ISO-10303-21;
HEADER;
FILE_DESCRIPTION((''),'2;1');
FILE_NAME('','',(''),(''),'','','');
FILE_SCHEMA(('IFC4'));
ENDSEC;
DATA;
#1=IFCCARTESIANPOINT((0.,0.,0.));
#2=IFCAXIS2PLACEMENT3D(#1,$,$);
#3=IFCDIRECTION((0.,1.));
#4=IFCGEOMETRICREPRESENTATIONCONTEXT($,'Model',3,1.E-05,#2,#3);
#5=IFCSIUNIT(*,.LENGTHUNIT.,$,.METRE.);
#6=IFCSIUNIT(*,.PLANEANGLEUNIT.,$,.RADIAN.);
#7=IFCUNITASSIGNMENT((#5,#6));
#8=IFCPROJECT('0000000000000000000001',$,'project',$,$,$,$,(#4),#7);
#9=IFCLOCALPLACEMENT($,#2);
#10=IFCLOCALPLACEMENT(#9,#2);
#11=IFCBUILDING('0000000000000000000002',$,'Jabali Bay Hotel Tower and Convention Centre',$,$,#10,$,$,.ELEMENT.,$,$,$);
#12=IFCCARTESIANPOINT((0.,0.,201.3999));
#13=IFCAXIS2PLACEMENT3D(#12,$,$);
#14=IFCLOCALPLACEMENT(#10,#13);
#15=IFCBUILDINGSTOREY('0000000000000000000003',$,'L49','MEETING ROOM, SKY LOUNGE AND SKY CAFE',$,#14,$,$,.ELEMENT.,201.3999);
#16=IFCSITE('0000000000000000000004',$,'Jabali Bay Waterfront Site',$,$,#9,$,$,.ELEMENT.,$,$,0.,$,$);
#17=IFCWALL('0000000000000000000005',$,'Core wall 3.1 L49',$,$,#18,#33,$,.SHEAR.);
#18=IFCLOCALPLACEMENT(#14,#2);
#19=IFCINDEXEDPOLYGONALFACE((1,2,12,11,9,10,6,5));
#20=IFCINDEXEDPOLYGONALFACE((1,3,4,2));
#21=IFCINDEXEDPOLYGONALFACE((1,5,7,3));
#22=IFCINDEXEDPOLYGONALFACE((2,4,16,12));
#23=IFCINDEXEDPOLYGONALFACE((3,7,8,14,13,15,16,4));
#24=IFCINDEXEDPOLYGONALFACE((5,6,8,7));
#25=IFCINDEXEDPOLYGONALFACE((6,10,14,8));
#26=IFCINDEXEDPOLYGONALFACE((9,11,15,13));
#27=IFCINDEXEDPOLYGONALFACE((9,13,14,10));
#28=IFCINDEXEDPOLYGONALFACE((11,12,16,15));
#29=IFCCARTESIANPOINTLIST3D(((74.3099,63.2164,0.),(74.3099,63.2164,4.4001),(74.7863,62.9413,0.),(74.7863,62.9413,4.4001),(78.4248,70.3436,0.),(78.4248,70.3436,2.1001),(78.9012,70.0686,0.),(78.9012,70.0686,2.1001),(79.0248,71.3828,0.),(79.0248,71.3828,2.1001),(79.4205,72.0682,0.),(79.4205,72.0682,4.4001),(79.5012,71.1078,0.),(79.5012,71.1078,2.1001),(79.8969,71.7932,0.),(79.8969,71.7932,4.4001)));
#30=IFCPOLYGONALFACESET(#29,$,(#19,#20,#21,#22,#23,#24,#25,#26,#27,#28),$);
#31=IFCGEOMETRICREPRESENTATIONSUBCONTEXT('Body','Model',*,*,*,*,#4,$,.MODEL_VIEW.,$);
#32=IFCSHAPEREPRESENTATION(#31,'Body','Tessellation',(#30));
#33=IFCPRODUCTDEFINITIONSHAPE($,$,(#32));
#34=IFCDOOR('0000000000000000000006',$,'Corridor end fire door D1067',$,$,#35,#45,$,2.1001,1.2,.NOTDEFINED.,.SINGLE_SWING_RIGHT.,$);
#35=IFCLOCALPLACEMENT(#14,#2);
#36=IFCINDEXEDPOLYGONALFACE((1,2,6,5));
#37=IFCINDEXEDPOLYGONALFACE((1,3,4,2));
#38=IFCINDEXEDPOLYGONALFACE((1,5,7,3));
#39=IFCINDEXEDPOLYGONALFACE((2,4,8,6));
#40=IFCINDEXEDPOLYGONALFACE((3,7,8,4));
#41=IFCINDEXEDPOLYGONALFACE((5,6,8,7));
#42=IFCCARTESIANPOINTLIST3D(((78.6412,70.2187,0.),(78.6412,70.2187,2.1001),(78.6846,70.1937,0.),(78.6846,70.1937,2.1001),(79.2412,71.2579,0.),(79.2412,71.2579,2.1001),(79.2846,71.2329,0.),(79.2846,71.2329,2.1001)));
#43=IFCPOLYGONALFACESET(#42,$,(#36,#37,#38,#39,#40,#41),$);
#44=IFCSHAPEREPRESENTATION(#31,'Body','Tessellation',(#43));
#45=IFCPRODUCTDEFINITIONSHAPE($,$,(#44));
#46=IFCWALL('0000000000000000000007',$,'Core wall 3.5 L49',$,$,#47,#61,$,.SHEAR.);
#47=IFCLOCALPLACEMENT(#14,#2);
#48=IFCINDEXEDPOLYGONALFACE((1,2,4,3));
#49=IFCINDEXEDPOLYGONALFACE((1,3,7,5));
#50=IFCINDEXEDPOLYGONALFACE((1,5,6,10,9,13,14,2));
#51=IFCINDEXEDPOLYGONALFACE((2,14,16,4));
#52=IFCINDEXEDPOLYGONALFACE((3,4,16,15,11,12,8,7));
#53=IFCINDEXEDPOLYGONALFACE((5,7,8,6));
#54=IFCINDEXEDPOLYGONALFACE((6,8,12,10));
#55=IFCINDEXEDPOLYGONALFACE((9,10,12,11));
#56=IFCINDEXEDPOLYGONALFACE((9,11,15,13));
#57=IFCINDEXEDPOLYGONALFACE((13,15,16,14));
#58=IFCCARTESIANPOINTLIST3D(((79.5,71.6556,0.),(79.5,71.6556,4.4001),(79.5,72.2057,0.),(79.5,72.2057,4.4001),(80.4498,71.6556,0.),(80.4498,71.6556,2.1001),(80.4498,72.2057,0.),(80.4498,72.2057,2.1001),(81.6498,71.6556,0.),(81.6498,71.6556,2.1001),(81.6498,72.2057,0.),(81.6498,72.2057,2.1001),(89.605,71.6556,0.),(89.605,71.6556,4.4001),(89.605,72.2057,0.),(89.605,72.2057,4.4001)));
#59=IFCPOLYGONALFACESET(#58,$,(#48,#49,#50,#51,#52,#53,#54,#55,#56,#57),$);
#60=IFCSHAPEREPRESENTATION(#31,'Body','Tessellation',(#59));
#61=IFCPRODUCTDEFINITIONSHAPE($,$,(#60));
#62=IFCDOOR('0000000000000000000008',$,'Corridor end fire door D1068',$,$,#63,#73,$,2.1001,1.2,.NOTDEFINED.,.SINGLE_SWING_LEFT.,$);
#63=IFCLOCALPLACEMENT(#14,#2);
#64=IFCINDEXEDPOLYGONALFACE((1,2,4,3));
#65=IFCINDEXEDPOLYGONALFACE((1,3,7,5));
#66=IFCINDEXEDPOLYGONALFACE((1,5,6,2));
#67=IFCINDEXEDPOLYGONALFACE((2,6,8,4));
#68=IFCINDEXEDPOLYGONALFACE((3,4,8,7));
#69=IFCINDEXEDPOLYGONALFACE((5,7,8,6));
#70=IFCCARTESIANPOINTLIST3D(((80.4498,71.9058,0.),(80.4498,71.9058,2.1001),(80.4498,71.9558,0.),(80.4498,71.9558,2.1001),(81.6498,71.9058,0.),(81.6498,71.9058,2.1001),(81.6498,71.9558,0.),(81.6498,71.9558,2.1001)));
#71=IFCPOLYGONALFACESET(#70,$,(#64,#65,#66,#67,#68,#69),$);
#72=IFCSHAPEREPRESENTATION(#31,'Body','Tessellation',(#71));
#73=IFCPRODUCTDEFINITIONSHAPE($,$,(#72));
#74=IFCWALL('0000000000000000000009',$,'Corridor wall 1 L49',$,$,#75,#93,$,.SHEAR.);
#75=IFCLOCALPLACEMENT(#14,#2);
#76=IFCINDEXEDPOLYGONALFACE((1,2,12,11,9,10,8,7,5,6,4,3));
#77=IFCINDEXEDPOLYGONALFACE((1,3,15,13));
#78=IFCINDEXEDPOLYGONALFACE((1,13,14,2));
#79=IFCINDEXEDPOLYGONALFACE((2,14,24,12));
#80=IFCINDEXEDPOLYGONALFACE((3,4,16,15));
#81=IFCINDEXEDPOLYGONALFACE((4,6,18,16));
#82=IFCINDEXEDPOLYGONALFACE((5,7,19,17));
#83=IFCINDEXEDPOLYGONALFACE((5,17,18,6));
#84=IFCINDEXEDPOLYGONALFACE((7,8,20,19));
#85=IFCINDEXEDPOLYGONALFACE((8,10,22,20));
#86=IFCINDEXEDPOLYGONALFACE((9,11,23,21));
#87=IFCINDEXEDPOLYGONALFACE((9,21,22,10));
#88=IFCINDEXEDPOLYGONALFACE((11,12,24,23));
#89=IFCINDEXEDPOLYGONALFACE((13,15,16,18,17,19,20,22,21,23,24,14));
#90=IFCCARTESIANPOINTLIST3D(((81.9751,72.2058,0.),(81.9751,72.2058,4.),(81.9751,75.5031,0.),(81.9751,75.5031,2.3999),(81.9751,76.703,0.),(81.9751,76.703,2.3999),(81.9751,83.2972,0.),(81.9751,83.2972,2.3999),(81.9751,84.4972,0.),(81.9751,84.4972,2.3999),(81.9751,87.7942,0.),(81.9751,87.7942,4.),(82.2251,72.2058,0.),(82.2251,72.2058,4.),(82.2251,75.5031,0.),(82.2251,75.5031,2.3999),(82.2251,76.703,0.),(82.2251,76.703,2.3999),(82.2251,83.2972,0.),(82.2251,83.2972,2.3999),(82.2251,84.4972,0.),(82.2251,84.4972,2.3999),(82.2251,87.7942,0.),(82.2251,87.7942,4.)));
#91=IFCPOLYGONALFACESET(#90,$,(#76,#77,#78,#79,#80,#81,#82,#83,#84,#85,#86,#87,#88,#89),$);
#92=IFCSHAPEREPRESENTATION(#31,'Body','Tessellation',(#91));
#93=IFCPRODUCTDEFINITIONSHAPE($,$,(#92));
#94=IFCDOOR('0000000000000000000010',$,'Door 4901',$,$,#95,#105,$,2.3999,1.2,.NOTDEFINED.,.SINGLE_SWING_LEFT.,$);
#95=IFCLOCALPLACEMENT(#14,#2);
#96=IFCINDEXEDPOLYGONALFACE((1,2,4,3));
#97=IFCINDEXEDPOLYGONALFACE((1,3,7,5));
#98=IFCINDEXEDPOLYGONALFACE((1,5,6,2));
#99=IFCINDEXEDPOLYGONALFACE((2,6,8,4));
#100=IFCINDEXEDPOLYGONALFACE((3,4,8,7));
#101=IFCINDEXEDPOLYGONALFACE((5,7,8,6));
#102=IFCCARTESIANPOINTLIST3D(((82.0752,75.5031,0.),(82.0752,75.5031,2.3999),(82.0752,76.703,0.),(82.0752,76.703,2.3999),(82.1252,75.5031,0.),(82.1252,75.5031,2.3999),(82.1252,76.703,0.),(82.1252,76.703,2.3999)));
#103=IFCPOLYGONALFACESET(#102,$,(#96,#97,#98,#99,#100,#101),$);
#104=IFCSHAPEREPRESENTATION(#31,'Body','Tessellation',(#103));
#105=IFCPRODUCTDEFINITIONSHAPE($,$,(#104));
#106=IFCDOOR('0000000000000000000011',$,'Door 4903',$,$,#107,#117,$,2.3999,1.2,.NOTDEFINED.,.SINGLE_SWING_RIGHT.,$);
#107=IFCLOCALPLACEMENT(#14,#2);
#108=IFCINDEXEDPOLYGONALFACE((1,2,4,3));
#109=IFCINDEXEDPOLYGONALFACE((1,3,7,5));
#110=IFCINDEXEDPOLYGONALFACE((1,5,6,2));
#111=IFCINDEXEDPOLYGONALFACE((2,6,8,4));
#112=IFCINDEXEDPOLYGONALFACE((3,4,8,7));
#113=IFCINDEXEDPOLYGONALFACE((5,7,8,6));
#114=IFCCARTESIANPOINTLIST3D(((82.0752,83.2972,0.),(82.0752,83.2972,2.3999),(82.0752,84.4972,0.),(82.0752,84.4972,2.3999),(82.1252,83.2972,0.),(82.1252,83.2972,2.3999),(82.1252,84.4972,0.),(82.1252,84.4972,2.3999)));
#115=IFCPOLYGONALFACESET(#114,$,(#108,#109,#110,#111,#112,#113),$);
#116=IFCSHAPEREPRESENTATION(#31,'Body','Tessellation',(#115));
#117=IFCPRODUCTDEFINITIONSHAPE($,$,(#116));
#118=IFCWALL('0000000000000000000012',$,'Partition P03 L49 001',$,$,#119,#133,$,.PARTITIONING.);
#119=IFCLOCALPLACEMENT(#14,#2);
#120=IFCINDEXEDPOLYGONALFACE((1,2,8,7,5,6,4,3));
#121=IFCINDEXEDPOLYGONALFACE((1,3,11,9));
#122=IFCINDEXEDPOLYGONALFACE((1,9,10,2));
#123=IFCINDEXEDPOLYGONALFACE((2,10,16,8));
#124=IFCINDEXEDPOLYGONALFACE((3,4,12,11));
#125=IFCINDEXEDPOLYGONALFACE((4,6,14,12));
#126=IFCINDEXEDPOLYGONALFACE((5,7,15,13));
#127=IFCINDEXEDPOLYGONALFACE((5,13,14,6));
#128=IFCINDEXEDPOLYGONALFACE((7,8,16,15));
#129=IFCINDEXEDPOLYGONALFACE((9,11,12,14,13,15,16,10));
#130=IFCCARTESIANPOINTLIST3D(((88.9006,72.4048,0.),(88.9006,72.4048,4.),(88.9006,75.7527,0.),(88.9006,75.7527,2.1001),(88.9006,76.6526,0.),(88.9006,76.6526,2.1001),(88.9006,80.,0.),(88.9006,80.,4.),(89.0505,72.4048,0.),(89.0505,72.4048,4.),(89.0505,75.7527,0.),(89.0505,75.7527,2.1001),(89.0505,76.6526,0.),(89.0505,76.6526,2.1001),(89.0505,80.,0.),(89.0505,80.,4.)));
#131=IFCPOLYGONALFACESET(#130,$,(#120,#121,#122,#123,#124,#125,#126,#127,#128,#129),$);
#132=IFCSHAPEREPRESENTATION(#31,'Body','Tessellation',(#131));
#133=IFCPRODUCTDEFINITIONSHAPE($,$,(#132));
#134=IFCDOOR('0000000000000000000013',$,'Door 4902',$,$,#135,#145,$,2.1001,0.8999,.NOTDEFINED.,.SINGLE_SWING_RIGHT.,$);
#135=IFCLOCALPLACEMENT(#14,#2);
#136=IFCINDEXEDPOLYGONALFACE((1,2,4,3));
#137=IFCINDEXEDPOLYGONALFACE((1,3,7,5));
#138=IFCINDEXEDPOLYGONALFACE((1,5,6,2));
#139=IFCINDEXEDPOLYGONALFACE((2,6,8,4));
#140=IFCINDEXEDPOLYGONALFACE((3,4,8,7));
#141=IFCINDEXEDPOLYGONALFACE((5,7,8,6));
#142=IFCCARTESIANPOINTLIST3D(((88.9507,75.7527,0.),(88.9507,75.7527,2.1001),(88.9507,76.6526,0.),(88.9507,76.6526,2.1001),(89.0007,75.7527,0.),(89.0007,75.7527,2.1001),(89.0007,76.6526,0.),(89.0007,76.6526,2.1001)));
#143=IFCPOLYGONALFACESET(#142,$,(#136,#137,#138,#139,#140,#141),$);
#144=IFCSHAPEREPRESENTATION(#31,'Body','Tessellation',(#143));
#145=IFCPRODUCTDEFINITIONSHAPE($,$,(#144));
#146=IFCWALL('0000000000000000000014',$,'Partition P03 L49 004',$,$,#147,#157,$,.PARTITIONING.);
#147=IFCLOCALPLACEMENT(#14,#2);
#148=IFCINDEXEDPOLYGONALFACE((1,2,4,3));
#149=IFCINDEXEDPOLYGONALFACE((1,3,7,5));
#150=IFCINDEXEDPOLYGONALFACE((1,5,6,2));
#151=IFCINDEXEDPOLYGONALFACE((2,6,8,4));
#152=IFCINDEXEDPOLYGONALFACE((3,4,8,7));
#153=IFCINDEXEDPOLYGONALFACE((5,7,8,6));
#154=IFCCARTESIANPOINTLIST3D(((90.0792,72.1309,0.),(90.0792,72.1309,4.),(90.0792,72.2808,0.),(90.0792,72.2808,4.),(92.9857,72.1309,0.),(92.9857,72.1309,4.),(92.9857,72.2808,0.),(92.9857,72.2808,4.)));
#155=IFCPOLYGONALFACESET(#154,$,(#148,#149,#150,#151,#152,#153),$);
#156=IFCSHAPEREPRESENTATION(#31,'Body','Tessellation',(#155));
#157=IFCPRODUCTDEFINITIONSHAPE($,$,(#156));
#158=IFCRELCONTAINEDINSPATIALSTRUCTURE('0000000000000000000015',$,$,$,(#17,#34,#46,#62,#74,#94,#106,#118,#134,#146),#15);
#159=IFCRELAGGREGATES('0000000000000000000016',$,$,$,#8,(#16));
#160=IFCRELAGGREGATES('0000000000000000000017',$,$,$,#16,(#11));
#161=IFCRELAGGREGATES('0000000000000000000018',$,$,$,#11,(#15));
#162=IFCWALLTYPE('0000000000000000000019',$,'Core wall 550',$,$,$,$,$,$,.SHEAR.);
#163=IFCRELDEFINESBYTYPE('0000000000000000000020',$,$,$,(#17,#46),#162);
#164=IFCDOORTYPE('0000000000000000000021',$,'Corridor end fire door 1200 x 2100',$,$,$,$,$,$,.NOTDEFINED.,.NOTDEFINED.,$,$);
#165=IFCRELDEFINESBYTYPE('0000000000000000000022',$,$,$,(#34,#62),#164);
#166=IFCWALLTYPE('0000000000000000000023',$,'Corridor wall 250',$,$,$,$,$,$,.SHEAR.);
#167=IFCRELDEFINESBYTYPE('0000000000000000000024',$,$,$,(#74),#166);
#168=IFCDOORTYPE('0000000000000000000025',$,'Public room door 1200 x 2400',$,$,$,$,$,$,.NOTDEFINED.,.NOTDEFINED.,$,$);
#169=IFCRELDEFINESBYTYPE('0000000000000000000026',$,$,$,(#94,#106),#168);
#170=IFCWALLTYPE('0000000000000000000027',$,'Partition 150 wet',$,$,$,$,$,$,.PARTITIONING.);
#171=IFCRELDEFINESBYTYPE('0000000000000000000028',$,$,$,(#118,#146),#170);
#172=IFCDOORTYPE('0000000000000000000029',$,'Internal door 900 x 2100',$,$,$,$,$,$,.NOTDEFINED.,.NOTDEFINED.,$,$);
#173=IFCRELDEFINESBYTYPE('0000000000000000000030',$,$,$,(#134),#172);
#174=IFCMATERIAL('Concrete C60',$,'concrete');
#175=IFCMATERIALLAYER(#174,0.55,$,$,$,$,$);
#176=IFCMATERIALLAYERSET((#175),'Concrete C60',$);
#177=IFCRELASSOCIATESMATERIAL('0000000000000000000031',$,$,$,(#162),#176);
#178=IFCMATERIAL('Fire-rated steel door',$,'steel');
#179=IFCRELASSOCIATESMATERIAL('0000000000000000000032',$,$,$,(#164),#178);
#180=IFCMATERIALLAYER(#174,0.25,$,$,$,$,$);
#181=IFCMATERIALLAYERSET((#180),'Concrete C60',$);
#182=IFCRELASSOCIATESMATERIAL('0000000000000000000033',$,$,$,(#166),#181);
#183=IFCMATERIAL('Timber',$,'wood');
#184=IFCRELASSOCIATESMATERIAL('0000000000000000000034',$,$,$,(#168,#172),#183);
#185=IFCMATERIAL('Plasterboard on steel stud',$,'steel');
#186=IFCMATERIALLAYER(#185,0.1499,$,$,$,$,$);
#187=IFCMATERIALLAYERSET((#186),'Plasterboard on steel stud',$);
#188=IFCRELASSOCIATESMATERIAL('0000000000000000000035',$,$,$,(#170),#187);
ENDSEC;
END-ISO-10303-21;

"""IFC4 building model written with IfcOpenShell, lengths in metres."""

from ifc_helpers import new_model, si_unit, direction, frame, frame_2d, origin, place, context, subcontext, project, spatial, rectangle, extrude, material, layer, layer_set, type_object, element, fill, save


model = new_model("IFC4")

# Units and contexts
model_context = context("Model", 3, precision=1e-05, world=origin(), true_north=direction((0.0, 1.0)))
body_context = subcontext(model_context, "Body", "Model", "MODEL_VIEW")
ifc_project = project(units=[si_unit("LENGTHUNIT", "METRE"), si_unit("PLANEANGLEUNIT", "RADIAN")], contexts=[model_context])

# Site, building, storey
site_placement = place(None, origin())
site = spatial("IfcSite", under=ifc_project, at=site_placement, Name="Jabali Bay Waterfront Site", CompositionType="ELEMENT", RefElevation=0.0)
building_placement = place(site_placement, origin())
building = spatial("IfcBuilding", under=site, at=building_placement, Name="Jabali Bay Hotel Tower and Convention Centre", CompositionType="ELEMENT")
storey_placement = place(building_placement, frame((0.0, 0.0, 201.3999)))
storey = spatial("IfcBuildingStorey", under=building, at=storey_placement, Name="L49", Description="MEETING ROOM, SKY LOUNGE AND SKY CAFE", CompositionType="ELEMENT", Elevation=201.3999)

# Shared definitions
ifc_material_1 = material(Name="Fire-rated steel door", Category="steel")

# Walls, openings, doors
ifc_material_2 = material(Name="Concrete C60", Category="concrete")
ifc_layer_1 = layer(ifc_material_2, 0.55)
ifc_layer_set_1 = layer_set([ifc_layer_1], Name="Concrete C60")
wall_type_1 = type_object("IfcWallType", Name="Core wall 550", PredefinedType="SHEAR", material=ifc_layer_set_1)
wall_1_placement = place(storey_placement, frame((79.6587, 71.9307, 0.0), z_axis=(0.0, 0.0, 1.0), x_axis=(-0.5, -0.866025, 0.0)))
wall_1 = element("IfcWall", 1, at=wall_1_placement, inside=storey, type_object=wall_type_1, Name="Core wall 3.1 L49", PredefinedType="SHEAR", context=body_context, shape_type="SweptSolid", body=[
    extrude(rectangle(XDim=10.2212, YDim=0.55, at=frame_2d((5.1106, 0.0))), origin(), (0.0, 0.0, 1.0), 4.4001),
])
opening_1_placement = place(wall_1_placement, frame((0.7913, 0.0, 0.0)))
opening_1 = element("IfcOpeningElement", 2, at=opening_1_placement, cuts=wall_1, PredefinedType="OPENING", context=body_context, shape_type="SweptSolid", body=[
    extrude(rectangle(XDim=1.2, YDim=2.1001, at=frame_2d((0.6001, 1.05))), frame((0.0, 0.2856, 0.0), z_axis=(0.0, -1.0, 0.0), x_axis=(1.0, 0.0, 0.0)), (0.0, 0.0, 1.0), 0.571),
])
door_type_1 = type_object("IfcDoorType", Name="Corridor end fire door 1200 x 2100", OperationType="NOTDEFINED", PredefinedType="NOTDEFINED", material=ifc_material_1)
door_1_placement = place(opening_1_placement, origin())
door_1 = element("IfcDoor", 3, at=door_1_placement, inside=storey, type_object=door_type_1, Name="Corridor end fire door D1067", OperationType="SINGLE_SWING_RIGHT", OverallHeight=2.1001, OverallWidth=1.2, PredefinedType="NOTDEFINED", context=body_context, shape_type="SweptSolid", body=[
    extrude(rectangle(XDim=1.2, YDim=2.1001, at=frame_2d((0.6001, 1.05))), frame((0.0, 0.0249, 0.0), z_axis=(0.0, -1.0, 0.0), x_axis=(1.0, 0.0, 0.0)), (0.0, 0.0, 1.0), 0.05),
])
fill(opening_1, door_1)
wall_2_placement = place(storey_placement, frame((89.605, 71.9307, 0.0), z_axis=(0.0, 0.0, 1.0), x_axis=(-1.0, 0.0, 0.0)))
wall_2 = element("IfcWall", 4, at=wall_2_placement, inside=storey, type_object=wall_type_1, Name="Core wall 3.5 L49", PredefinedType="SHEAR", context=body_context, shape_type="SweptSolid", body=[
    extrude(rectangle(XDim=10.105, YDim=0.55, at=frame_2d((5.0525, 0.0))), origin(), (0.0, 0.0, 1.0), 4.4001),
])
opening_2_placement = place(wall_2_placement, frame((7.9551, 0.0, 0.0)))
opening_2 = element("IfcOpeningElement", 5, at=opening_2_placement, cuts=wall_2, PredefinedType="OPENING", context=body_context, shape_type="SweptSolid", body=[
    extrude(rectangle(XDim=1.2, YDim=2.1001, at=frame_2d((0.6001, 1.05))), frame((0.0, 0.2856, 0.0), z_axis=(0.0, -1.0, 0.0), x_axis=(1.0, 0.0, 0.0)), (0.0, 0.0, 1.0), 0.571),
])
door_2_placement = place(opening_2_placement, origin())
door_2 = element("IfcDoor", 6, at=door_2_placement, inside=storey, type_object=door_type_1, Name="Corridor end fire door D1068", OperationType="SINGLE_SWING_LEFT", OverallHeight=2.1001, OverallWidth=1.2, PredefinedType="NOTDEFINED", context=body_context, shape_type="SweptSolid", body=[
    extrude(rectangle(XDim=1.2, YDim=2.1001, at=frame_2d((0.6001, 1.05))), frame((0.0, 0.0249, 0.0), z_axis=(0.0, -1.0, 0.0), x_axis=(1.0, 0.0, 0.0)), (0.0, 0.0, 1.0), 0.05),
])
fill(opening_2, door_2)

# Wall, openings, doors
ifc_layer_2 = layer(ifc_material_2, 0.25)
ifc_layer_set_2 = layer_set([ifc_layer_2], Name="Concrete C60")
wall_type_2 = type_object("IfcWallType", Name="Corridor wall 250", PredefinedType="SHEAR", material=ifc_layer_set_2)
wall_3_placement = place(storey_placement, frame((82.1001, 72.2058, 0.0), z_axis=(0.0, 0.0, 1.0), x_axis=(0.0, 1.0, 0.0)))
wall_3 = element("IfcWall", 7, at=wall_3_placement, inside=storey, type_object=wall_type_2, Name="Corridor wall 1 L49", PredefinedType="SHEAR", context=body_context, shape_type="SweptSolid", body=[
    extrude(rectangle(XDim=15.5884, YDim=0.25, at=frame_2d((7.7942, 0.0))), origin(), (0.0, 0.0, 1.0), 4.0),
])
opening_3_placement = place(wall_3_placement, frame((3.2971, 0.0, 0.0)))
opening_3 = element("IfcOpeningElement", 8, at=opening_3_placement, cuts=wall_3, PredefinedType="OPENING", context=body_context, shape_type="SweptSolid", body=[
    extrude(rectangle(XDim=1.2, YDim=2.3999, at=frame_2d((0.6001, 1.2))), frame((0.0, 0.1355, 0.0), z_axis=(0.0, -1.0, 0.0), x_axis=(1.0, 0.0, 0.0)), (0.0, 0.0, 1.0), 0.271),
])
opening_4_placement = place(wall_3_placement, frame((11.0913, 0.0, 0.0)))
opening_4 = element("IfcOpeningElement", 9, at=opening_4_placement, cuts=wall_3, PredefinedType="OPENING", context=body_context, shape_type="SweptSolid", body=[
    extrude(rectangle(XDim=1.2, YDim=2.3999, at=frame_2d((0.6001, 1.2))), frame((0.0, 0.1355, 0.0), z_axis=(0.0, -1.0, 0.0), x_axis=(1.0, 0.0, 0.0)), (0.0, 0.0, 1.0), 0.271),
])
ifc_material_3 = material(Name="Timber", Category="wood")
door_type_2 = type_object("IfcDoorType", Name="Public room door 1200 x 2400", OperationType="NOTDEFINED", PredefinedType="NOTDEFINED", material=ifc_material_3)
door_3_placement = place(opening_3_placement, origin())
door_3 = element("IfcDoor", 10, at=door_3_placement, inside=storey, type_object=door_type_2, Name="Door 4901", OperationType="SINGLE_SWING_LEFT", OverallHeight=2.3999, OverallWidth=1.2, PredefinedType="NOTDEFINED", context=body_context, shape_type="SweptSolid", body=[
    extrude(rectangle(XDim=1.2, YDim=2.3999, at=frame_2d((0.6001, 1.2))), frame((0.0, 0.0249, 0.0), z_axis=(0.0, -1.0, 0.0), x_axis=(1.0, 0.0, 0.0)), (0.0, 0.0, 1.0), 0.05),
])
fill(opening_3, door_3)
door_4_placement = place(opening_4_placement, origin())
door_4 = element("IfcDoor", 11, at=door_4_placement, inside=storey, type_object=door_type_2, Name="Door 4903", OperationType="SINGLE_SWING_RIGHT", OverallHeight=2.3999, OverallWidth=1.2, PredefinedType="NOTDEFINED", context=body_context, shape_type="SweptSolid", body=[
    extrude(rectangle(XDim=1.2, YDim=2.3999, at=frame_2d((0.6001, 1.2))), frame((0.0, 0.0249, 0.0), z_axis=(0.0, -1.0, 0.0), x_axis=(1.0, 0.0, 0.0)), (0.0, 0.0, 1.0), 0.05),
])
fill(opening_4, door_4)

# Wall, opening, door
ifc_material_4 = material(Name="Plasterboard on steel stud", Category="steel")
ifc_layer_3 = layer(ifc_material_4, 0.1499)
ifc_layer_set_3 = layer_set([ifc_layer_3], Name="Plasterboard on steel stud")
wall_type_3 = type_object("IfcWallType", Name="Partition 150 wet", PredefinedType="PARTITIONING", material=ifc_layer_set_3)
wall_4_placement = place(storey_placement, frame((88.9756, 72.4048, 0.0), z_axis=(0.0, 0.0, 1.0), x_axis=(0.0, 1.0, 0.0)))
wall_4 = element("IfcWall", 12, at=wall_4_placement, inside=storey, type_object=wall_type_3, Name="Partition P03 L49 001", PredefinedType="PARTITIONING", context=body_context, shape_type="SweptSolid", body=[
    extrude(rectangle(XDim=7.5952, YDim=0.1499, at=frame_2d((3.7976, 0.0))), origin(), (0.0, 0.0, 1.0), 4.0),
])
opening_5_placement = place(wall_4_placement, frame((3.3479, 0.0, 0.0)))
opening_5 = element("IfcOpeningElement", 13, at=opening_5_placement, cuts=wall_4, PredefinedType="OPENING", context=body_context, shape_type="SweptSolid", body=[
    extrude(rectangle(XDim=0.8999, YDim=2.1001, at=frame_2d((0.45, 1.05))), frame((0.0, 0.0854, 0.0), z_axis=(0.0, -1.0, 0.0), x_axis=(1.0, 0.0, 0.0)), (0.0, 0.0, 1.0), 0.1709),
])
door_type_3 = type_object("IfcDoorType", Name="Internal door 900 x 2100", OperationType="NOTDEFINED", PredefinedType="NOTDEFINED", material=ifc_material_3)
door_5_placement = place(opening_5_placement, origin())
door_5 = element("IfcDoor", 14, at=door_5_placement, inside=storey, type_object=door_type_3, Name="Door 4902", OperationType="SINGLE_SWING_RIGHT", OverallHeight=2.1001, OverallWidth=0.8999, PredefinedType="NOTDEFINED", context=body_context, shape_type="SweptSolid", body=[
    extrude(rectangle(XDim=0.8999, YDim=2.1001, at=frame_2d((0.45, 1.05))), frame((0.0, 0.0249, 0.0), z_axis=(0.0, -1.0, 0.0), x_axis=(1.0, 0.0, 0.0)), (0.0, 0.0, 1.0), 0.05),
])
fill(opening_5, door_5)

# Wall
wall_5_placement = place(storey_placement, frame((92.9856, 72.2058, 0.0), z_axis=(0.0, 0.0, 1.0), x_axis=(-1.0, 0.0, 0.0)))
element("IfcWall", 15, at=wall_5_placement, inside=storey, type_object=wall_type_3, Name="Partition P03 L49 004", PredefinedType="PARTITIONING", context=body_context, shape_type="SweptSolid", body=[
    extrude(rectangle(XDim=2.9065, YDim=0.1499, at=frame_2d((1.4531, 0.0))), origin(), (0.0, 0.0, 1.0), 4.0),
])

save(model, "model.ifc")
